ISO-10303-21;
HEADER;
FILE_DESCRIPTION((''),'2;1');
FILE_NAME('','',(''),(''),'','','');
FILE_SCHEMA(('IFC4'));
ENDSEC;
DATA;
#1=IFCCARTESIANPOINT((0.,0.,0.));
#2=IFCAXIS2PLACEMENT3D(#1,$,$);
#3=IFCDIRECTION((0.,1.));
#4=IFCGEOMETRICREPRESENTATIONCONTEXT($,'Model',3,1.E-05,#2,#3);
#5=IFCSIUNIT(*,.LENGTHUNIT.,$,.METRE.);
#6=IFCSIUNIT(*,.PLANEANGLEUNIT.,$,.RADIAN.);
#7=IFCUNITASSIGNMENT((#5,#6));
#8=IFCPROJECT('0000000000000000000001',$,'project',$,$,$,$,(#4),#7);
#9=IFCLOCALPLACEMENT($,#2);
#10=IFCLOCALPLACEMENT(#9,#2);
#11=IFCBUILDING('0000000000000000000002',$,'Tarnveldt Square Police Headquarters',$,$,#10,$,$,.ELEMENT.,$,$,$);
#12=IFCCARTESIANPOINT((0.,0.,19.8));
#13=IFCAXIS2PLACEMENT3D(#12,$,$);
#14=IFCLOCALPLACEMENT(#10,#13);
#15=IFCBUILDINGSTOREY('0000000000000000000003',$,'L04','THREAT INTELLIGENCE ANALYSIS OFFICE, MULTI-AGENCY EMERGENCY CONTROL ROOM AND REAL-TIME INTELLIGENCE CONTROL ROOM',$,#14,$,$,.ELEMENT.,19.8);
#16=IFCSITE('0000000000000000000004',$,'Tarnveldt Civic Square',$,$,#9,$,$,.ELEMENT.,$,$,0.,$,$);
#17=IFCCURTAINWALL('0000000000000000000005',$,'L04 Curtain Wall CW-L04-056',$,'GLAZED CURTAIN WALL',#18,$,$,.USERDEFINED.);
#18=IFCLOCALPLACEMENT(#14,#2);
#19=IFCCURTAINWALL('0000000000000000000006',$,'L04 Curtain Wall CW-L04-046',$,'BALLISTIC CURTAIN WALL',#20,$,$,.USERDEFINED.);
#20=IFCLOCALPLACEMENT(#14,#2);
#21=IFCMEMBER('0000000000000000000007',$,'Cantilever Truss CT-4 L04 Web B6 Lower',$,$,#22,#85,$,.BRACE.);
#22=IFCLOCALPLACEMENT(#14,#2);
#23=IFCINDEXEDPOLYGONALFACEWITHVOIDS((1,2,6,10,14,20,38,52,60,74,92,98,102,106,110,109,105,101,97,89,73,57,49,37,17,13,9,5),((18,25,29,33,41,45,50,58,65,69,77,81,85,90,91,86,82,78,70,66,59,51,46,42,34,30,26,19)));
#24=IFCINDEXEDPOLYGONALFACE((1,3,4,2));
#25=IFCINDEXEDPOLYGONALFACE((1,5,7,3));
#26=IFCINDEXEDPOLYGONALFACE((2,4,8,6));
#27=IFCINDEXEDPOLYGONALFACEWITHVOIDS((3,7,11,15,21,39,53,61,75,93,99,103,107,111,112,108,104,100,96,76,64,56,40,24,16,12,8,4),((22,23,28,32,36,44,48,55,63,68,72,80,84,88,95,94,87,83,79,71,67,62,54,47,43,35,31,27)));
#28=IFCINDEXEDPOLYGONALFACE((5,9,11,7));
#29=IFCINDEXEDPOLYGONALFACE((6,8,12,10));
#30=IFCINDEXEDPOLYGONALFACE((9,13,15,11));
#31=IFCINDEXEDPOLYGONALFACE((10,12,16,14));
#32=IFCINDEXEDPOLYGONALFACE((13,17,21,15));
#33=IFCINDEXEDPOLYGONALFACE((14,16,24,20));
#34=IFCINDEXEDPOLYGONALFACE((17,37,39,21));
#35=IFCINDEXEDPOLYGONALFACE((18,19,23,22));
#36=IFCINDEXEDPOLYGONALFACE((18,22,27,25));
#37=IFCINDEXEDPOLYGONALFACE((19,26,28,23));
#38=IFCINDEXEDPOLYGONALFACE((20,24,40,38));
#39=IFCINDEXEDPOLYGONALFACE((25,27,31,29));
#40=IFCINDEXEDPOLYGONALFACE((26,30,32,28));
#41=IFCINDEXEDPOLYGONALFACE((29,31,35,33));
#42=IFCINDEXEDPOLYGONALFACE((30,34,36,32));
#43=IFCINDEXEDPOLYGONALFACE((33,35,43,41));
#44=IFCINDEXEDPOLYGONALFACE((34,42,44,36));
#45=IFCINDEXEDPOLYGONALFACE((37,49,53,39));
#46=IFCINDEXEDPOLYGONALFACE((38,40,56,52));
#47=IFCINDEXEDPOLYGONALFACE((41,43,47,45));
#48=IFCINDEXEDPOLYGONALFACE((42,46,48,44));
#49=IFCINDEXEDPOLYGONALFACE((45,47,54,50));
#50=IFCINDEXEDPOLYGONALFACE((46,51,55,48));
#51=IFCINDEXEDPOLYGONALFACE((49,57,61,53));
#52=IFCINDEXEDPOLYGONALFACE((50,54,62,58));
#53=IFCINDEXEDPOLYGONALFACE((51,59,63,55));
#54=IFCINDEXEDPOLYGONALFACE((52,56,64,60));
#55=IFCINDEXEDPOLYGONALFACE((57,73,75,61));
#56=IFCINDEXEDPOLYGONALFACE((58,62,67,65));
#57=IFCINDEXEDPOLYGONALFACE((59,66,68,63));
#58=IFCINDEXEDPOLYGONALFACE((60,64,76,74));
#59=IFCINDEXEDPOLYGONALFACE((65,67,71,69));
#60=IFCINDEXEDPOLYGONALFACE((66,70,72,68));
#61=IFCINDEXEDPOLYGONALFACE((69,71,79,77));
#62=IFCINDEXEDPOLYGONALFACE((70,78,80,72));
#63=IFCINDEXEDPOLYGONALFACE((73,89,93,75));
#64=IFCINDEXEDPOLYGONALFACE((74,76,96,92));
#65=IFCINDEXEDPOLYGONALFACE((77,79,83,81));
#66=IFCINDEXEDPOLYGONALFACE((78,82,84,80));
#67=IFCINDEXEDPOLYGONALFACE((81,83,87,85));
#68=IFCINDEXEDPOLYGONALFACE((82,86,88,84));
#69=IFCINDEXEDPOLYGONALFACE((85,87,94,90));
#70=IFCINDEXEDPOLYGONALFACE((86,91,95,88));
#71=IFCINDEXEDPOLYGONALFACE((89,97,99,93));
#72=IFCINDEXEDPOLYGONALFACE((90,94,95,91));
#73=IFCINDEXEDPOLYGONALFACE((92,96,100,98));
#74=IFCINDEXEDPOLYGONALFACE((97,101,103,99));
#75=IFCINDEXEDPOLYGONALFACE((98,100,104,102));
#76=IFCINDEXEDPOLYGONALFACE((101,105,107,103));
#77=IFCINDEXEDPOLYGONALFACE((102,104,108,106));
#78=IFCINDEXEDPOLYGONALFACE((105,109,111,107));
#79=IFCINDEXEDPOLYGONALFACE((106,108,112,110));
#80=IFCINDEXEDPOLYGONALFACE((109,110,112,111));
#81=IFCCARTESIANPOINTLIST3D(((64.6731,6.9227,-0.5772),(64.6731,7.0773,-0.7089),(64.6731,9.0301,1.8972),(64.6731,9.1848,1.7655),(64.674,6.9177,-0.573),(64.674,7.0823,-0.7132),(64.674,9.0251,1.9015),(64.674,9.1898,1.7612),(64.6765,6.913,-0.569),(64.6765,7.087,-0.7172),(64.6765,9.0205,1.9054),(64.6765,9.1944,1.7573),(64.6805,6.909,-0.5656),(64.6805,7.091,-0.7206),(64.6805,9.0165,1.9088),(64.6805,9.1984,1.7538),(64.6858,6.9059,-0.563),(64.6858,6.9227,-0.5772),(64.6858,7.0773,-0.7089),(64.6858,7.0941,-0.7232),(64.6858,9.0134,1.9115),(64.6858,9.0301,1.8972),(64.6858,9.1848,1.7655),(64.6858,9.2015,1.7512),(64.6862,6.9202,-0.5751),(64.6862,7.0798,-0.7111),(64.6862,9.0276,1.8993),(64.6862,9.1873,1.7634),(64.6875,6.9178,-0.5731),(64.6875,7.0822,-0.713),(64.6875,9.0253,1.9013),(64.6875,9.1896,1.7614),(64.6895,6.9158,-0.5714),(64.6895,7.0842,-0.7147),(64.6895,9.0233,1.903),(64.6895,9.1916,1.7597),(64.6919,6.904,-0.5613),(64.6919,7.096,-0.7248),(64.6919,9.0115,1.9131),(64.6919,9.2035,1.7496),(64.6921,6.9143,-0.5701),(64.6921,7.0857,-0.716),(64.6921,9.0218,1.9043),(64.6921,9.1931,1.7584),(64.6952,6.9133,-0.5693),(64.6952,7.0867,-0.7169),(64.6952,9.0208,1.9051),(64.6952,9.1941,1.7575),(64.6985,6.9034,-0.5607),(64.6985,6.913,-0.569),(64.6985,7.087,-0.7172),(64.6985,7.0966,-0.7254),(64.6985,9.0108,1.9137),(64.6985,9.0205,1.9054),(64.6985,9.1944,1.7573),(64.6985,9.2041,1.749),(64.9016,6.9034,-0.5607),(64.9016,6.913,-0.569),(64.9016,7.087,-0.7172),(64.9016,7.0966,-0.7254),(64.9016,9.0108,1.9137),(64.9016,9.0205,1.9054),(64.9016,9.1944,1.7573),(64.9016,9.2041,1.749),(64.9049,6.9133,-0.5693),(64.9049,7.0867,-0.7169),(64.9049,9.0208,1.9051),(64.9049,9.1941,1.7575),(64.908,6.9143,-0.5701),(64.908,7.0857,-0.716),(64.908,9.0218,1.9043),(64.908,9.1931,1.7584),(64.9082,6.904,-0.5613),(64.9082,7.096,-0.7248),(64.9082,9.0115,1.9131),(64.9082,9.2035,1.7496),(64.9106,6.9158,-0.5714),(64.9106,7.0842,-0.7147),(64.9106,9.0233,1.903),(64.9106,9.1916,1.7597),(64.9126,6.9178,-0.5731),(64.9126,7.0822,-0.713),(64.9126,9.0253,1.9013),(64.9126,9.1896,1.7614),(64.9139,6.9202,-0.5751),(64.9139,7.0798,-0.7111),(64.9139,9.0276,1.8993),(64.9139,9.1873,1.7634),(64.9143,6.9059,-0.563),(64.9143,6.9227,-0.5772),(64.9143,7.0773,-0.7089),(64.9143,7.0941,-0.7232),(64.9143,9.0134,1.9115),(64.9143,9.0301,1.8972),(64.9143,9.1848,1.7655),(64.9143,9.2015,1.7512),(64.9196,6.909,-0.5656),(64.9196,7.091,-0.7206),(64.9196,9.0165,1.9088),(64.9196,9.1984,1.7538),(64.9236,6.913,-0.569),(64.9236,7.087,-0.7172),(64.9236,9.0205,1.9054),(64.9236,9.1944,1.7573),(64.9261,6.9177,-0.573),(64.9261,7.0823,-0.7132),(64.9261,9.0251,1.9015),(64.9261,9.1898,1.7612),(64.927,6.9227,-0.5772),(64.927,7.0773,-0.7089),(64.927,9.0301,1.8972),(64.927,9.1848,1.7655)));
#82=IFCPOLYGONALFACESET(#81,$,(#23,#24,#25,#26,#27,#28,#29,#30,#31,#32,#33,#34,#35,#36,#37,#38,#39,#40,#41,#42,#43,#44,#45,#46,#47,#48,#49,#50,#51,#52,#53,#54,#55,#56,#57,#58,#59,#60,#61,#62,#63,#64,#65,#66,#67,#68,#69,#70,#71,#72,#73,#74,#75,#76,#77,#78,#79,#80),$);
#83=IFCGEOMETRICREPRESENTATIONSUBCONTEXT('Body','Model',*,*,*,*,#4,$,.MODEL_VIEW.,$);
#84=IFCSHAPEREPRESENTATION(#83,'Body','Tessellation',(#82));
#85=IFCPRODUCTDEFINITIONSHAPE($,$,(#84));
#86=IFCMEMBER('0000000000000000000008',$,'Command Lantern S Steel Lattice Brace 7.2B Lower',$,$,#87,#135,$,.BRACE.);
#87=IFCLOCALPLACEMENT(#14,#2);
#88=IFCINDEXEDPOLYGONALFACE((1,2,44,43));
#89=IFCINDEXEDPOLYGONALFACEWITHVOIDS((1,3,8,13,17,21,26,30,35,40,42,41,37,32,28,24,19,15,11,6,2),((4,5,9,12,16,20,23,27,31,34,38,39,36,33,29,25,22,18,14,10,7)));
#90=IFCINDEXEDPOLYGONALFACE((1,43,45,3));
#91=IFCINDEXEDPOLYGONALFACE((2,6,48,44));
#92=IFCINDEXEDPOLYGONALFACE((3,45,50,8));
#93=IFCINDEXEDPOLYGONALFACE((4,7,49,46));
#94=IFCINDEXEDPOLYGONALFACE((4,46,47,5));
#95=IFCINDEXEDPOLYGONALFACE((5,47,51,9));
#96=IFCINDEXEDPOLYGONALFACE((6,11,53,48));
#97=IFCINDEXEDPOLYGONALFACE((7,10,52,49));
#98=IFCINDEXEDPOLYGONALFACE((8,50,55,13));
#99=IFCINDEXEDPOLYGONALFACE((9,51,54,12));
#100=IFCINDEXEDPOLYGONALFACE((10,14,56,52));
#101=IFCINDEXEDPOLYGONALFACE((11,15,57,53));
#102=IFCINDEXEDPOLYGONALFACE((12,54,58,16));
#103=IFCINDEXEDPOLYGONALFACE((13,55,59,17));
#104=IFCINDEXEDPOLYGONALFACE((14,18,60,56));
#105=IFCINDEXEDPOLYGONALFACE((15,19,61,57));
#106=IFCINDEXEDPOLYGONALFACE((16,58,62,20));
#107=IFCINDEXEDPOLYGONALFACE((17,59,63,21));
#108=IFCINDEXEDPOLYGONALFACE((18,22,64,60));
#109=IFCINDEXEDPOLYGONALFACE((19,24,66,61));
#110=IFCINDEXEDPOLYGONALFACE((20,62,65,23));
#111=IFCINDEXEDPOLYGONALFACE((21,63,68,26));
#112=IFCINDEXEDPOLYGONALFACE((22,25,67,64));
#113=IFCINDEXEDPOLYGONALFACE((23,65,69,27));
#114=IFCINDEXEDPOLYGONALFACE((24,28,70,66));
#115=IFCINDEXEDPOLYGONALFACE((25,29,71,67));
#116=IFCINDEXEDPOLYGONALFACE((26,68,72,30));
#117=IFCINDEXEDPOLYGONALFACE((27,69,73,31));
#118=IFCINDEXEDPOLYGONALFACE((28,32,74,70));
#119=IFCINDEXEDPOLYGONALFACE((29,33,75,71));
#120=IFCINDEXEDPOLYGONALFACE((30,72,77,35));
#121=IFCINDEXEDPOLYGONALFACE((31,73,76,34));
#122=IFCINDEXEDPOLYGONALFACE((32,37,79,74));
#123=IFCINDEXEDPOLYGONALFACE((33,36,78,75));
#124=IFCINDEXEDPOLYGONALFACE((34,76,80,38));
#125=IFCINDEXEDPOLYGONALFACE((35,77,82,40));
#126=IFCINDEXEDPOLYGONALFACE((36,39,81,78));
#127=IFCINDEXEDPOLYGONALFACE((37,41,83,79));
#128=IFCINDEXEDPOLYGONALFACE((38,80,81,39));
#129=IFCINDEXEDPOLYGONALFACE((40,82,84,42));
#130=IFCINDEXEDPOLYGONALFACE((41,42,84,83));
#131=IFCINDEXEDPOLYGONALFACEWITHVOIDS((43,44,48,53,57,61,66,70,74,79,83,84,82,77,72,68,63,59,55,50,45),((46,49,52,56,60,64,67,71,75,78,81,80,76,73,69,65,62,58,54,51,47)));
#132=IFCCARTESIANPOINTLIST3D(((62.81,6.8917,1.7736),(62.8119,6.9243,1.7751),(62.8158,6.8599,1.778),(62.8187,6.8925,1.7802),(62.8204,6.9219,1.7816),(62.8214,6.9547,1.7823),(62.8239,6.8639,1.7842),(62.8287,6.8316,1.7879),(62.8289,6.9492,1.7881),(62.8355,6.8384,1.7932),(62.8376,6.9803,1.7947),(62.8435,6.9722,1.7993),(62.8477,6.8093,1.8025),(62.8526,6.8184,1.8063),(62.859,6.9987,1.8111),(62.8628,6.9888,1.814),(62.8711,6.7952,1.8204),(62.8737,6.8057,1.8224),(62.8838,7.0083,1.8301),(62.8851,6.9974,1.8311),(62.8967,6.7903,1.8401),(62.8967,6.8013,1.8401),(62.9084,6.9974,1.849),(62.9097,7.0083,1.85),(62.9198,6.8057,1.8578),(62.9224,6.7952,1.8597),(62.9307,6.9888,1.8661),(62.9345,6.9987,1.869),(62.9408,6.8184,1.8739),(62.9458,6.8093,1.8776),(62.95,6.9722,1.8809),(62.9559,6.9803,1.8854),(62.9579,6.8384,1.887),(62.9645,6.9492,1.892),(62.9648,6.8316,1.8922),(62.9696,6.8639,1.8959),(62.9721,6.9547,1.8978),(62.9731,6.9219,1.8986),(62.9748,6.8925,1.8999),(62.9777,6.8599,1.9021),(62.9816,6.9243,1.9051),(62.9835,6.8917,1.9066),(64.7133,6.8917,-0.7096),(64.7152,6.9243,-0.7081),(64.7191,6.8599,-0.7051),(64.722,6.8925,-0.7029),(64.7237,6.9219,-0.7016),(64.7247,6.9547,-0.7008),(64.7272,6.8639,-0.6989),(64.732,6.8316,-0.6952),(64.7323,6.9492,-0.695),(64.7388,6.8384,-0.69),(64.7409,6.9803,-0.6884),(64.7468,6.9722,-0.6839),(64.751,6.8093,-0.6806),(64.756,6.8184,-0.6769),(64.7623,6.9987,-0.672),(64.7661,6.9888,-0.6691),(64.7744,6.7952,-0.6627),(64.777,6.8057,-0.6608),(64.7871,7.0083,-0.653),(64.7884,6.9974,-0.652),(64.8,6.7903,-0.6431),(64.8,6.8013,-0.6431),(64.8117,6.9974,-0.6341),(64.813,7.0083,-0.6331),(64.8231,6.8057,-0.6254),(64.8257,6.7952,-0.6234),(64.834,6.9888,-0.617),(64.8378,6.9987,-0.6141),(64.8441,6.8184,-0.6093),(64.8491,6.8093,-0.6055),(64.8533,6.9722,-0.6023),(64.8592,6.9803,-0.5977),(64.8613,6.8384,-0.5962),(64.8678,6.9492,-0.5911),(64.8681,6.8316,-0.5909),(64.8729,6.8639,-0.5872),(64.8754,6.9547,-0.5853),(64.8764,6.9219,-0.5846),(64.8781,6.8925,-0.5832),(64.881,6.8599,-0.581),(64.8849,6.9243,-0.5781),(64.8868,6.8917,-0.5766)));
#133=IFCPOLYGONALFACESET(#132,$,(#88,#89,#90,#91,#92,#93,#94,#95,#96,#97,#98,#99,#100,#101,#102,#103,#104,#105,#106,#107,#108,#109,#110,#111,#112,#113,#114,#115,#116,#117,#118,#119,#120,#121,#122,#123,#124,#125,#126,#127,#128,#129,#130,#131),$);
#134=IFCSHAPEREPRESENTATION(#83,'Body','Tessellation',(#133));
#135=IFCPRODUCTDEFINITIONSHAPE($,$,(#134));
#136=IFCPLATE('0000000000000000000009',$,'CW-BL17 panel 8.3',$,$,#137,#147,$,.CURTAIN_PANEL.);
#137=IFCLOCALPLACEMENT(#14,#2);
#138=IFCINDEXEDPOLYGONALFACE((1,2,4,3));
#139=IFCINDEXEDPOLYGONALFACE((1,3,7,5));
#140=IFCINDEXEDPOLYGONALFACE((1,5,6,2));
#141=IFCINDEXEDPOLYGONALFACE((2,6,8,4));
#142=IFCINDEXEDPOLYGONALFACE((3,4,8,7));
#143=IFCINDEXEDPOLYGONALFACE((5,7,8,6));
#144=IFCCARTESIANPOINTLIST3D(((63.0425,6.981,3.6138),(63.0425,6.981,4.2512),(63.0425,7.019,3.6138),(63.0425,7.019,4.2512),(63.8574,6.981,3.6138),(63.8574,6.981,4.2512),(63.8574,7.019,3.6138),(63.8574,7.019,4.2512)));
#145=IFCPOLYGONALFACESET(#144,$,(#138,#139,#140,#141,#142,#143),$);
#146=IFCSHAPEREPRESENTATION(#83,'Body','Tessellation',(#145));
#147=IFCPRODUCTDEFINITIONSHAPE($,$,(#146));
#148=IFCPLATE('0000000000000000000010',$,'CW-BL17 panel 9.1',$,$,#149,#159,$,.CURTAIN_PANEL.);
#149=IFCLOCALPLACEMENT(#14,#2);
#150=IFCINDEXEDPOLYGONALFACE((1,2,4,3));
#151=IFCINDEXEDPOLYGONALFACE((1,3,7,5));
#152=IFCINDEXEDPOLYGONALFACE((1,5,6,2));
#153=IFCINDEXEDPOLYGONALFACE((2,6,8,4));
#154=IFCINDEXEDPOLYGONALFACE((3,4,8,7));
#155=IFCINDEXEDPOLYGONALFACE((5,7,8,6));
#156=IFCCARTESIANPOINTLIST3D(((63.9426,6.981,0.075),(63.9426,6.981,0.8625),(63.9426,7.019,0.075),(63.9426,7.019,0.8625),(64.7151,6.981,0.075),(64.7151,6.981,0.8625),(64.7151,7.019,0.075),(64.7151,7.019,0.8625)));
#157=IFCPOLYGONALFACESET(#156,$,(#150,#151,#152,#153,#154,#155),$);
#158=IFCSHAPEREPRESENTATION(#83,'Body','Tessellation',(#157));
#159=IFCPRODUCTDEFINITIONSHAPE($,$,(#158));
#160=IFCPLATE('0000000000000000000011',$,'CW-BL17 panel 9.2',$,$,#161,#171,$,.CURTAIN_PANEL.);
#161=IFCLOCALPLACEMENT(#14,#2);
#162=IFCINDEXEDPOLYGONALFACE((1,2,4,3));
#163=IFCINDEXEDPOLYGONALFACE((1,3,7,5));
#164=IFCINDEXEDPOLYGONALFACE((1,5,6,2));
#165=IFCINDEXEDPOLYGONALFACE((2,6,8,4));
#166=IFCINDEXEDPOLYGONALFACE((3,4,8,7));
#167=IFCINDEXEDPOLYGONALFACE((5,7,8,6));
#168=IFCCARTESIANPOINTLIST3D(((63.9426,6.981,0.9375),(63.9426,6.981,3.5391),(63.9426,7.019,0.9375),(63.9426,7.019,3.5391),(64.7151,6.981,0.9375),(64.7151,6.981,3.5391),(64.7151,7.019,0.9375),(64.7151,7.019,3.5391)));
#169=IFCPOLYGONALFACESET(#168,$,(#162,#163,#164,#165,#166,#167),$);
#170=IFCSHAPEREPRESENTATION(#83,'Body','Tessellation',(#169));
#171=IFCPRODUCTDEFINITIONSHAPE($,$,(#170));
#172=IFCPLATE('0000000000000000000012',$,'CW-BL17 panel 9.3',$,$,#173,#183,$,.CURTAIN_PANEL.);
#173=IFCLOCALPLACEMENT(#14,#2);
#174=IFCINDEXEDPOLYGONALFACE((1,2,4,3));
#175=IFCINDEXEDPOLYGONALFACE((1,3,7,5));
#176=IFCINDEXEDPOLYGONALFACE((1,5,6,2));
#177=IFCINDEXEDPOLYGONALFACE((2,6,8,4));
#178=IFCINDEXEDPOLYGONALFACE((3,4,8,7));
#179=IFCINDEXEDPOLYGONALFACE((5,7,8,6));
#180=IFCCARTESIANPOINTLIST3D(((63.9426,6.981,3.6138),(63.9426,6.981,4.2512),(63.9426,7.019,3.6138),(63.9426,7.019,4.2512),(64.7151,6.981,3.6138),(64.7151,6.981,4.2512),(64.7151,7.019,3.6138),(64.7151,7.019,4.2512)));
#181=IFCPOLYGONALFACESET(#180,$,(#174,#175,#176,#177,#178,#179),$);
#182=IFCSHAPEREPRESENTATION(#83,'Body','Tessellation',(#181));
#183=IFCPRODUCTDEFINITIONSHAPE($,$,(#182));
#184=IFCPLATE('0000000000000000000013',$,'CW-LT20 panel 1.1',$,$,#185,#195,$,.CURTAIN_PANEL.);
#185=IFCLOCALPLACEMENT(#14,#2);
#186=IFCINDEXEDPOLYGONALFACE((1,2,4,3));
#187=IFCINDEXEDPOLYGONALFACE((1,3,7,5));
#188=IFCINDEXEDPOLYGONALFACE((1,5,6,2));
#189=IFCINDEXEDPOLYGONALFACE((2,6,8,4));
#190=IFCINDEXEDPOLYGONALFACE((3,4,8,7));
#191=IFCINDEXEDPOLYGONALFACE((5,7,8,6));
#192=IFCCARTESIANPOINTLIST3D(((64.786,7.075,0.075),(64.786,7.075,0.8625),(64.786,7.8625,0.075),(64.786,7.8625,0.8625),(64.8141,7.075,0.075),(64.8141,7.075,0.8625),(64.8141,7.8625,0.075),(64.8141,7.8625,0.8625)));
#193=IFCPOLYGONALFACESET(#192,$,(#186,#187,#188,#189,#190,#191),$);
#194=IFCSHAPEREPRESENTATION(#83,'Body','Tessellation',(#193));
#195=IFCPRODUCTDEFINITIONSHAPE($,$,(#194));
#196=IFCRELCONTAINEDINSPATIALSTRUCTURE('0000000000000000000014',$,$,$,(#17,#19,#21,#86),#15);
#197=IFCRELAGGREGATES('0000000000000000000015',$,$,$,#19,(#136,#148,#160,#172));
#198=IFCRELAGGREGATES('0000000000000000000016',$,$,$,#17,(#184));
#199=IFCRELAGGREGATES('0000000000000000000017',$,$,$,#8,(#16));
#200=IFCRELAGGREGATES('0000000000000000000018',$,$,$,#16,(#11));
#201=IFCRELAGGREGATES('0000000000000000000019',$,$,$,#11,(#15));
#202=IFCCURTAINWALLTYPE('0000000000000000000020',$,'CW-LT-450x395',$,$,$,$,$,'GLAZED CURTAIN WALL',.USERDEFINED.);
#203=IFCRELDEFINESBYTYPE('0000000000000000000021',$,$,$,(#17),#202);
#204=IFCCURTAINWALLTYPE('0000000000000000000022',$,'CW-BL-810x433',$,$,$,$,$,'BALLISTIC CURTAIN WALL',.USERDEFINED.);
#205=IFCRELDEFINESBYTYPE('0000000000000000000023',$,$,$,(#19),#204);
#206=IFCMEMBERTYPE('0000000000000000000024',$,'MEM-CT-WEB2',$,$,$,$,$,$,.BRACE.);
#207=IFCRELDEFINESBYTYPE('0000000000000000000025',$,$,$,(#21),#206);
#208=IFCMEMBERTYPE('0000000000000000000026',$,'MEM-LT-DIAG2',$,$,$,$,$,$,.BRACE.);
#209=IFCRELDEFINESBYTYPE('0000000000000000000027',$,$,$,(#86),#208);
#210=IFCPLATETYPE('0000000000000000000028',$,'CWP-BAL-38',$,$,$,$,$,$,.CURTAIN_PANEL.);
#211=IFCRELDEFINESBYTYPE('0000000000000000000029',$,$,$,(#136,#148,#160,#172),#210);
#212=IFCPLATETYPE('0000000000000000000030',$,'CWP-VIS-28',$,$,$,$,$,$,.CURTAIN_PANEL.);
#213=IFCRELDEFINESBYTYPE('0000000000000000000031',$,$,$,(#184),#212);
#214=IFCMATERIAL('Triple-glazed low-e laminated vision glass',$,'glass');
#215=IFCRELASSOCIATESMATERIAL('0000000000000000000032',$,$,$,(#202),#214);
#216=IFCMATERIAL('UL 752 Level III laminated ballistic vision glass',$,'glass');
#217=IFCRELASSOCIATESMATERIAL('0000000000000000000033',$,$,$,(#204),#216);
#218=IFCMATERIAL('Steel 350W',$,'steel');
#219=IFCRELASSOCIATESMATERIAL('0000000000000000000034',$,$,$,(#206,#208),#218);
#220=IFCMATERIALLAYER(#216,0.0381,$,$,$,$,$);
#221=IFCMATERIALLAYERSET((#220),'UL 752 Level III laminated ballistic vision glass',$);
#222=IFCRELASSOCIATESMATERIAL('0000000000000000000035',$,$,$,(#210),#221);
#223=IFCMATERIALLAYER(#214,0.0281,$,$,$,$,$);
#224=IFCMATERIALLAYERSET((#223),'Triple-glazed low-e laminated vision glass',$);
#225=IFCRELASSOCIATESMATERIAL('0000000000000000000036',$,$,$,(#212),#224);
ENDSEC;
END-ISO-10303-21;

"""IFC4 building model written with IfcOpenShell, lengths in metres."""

from ifc_helpers import new_model, si_unit, direction, frame, origin, origin_2d, place, context, subcontext, project, spatial, rectangle, hollow_rectangle, hollow_circle, extrude, material, layer, layer_set, material_profile, profile_set, type_object, element, aggregate, save


model = new_model("IFC4")

# Units and contexts
model_context = context("Model", 3, precision=1e-05, world=origin(), true_north=direction((0.0, 1.0)))
body_context = subcontext(model_context, "Body", "Model", "MODEL_VIEW")
ifc_project = project(units=[si_unit("LENGTHUNIT", "METRE"), si_unit("PLANEANGLEUNIT", "RADIAN")], contexts=[model_context])

# Site, building, storey
site_placement = place(None, origin())
site = spatial("IfcSite", under=ifc_project, at=site_placement, Name="Tarnveldt Civic Square", CompositionType="ELEMENT", RefElevation=0.0)
building_placement = place(site_placement, origin())
building = spatial("IfcBuilding", under=site, at=building_placement, Name="Tarnveldt Square Police Headquarters", CompositionType="ELEMENT")
storey_placement = place(building_placement, frame((0.0, 0.0, 19.8)))
storey = spatial("IfcBuildingStorey", under=building, at=storey_placement, Name="L04", Description="THREAT INTELLIGENCE ANALYSIS OFFICE, MULTI-AGENCY EMERGENCY CONTROL ROOM AND REAL-TIME INTELLIGENCE CONTROL ROOM", CompositionType="ELEMENT", Elevation=19.8)

# Curtain walls
ifc_material_1 = material(Name="Triple-glazed low-e laminated vision glass", Category="glass")
curtain_wall_type_1 = type_object("IfcCurtainWallType", Name="CW-LT-450x395", ElementType="GLAZED CURTAIN WALL", PredefinedType="USERDEFINED", material=ifc_material_1)
curtain_wall_1_placement = place(storey_placement, origin())
curtain_wall_1 = element("IfcCurtainWall", 1, at=curtain_wall_1_placement, inside=storey, type_object=curtain_wall_type_1, Name="L04 Curtain Wall CW-L04-056", ObjectType="GLAZED CURTAIN WALL", PredefinedType="USERDEFINED")
ifc_material_2 = material(Name="UL 752 Level III laminated ballistic vision glass", Category="glass")
curtain_wall_type_2 = type_object("IfcCurtainWallType", Name="CW-BL-810x433", ElementType="BALLISTIC CURTAIN WALL", PredefinedType="USERDEFINED", material=ifc_material_2)
curtain_wall_2_placement = place(storey_placement, origin())
curtain_wall_2 = element("IfcCurtainWall", 2, at=curtain_wall_2_placement, inside=storey, type_object=curtain_wall_type_2, Name="L04 Curtain Wall CW-L04-046", ObjectType="BALLISTIC CURTAIN WALL", PredefinedType="USERDEFINED")

# Members
ifc_material_3 = material(Name="Steel 350W", Category="steel")
ifc_material_profile_1 = material_profile(ifc_material_3, hollow_rectangle(XDim=0.2539, YDim=0.2539, WallThickness=0.0127, InnerFilletRadius=0.0127, OuterFilletRadius=0.0254, at=origin_2d()), Name="HSS254x254x13")
ifc_profile_set_1 = profile_set([ifc_material_profile_1], Name="Steel 350W")
member_type_1 = type_object("IfcMemberType", Name="MEM-CT-WEB2", PredefinedType="BRACE", material=ifc_profile_set_1)
member_1_placement = place(storey_placement, frame((64.8, 7.0, -0.6431), z_axis=(0.0, 0.6484, 0.7613), x_axis=(-1.0, 0.0, 0.0)))
element("IfcMember", 3, at=member_1_placement, inside=storey, type_object=member_type_1, Name="Cantilever Truss CT-4 L04 Web B6 Lower", PredefinedType="BRACE", context=body_context, shape_type="SweptSolid", body=[
    extrude(hollow_rectangle(XDim=0.2539, YDim=0.2539, WallThickness=0.0127, InnerFilletRadius=0.0127, OuterFilletRadius=0.0254, at=origin_2d()), origin(), (0.0, 0.0, 1.0), 3.2502),
])
ifc_material_profile_2 = material_profile(ifc_material_3, hollow_circle(Radius=0.1096, WallThickness=0.011, at=origin_2d()), Name="HSS219x11")
ifc_profile_set_2 = profile_set([ifc_material_profile_2], Name="Steel 350W")
member_type_2 = type_object("IfcMemberType", Name="MEM-LT-DIAG2", PredefinedType="BRACE", material=ifc_profile_set_2)
member_2_placement = place(storey_placement, frame((64.8, 6.8999, -0.6431), z_axis=(-0.608345, 0.0, 0.793673), x_axis=(0.0, -1.0, 0.0)))
element("IfcMember", 4, at=member_2_placement, inside=storey, type_object=member_type_2, Name="Command Lantern S Steel Lattice Brace 7.2B Lower", PredefinedType="BRACE", context=body_context, shape_type="SweptSolid", body=[
    extrude(hollow_circle(Radius=0.1096, WallThickness=0.011, at=origin_2d()), origin(), (0.0, 0.0, 1.0), 3.1287),
])

# Plates
ifc_layer_1 = layer(ifc_material_2, 0.0381)
ifc_layer_set_1 = layer_set([ifc_layer_1], Name="UL 752 Level III laminated ballistic vision glass")
plate_type_1 = type_object("IfcPlateType", Name="CWP-BAL-38", PredefinedType="CURTAIN_PANEL", material=ifc_layer_set_1)
plate_1_placement = place(storey_placement, frame((63.45, 7.0, 3.6138), z_axis=(0.0, 0.0, 1.0), x_axis=(1.0, 0.0, 0.0)))
plate_1 = element("IfcPlate", 5, at=plate_1_placement, type_object=plate_type_1, Name="CW-BL17 panel 8.3", PredefinedType="CURTAIN_PANEL", context=body_context, shape_type="SweptSolid", body=[
    extrude(rectangle(XDim=0.8149, YDim=0.0381, at=origin_2d()), origin(), (0.0, 0.0, 1.0), 0.6375),
])
plate_2_placement = place(storey_placement, frame((64.3289, 7.0, 0.075), z_axis=(0.0, 0.0, 1.0), x_axis=(1.0, 0.0, 0.0)))
plate_2 = element("IfcPlate", 6, at=plate_2_placement, type_object=plate_type_1, Name="CW-BL17 panel 9.1", PredefinedType="CURTAIN_PANEL", context=body_context, shape_type="SweptSolid", body=[
    extrude(rectangle(XDim=0.7725, YDim=0.0381, at=origin_2d()), origin(), (0.0, 0.0, 1.0), 0.7876),
])
plate_3_placement = place(storey_placement, frame((64.3289, 7.0, 0.9375), z_axis=(0.0, 0.0, 1.0), x_axis=(1.0, 0.0, 0.0)))
plate_3 = element("IfcPlate", 7, at=plate_3_placement, type_object=plate_type_1, Name="CW-BL17 panel 9.2", PredefinedType="CURTAIN_PANEL", context=body_context, shape_type="SweptSolid", body=[
    extrude(rectangle(XDim=0.7725, YDim=0.0381, at=origin_2d()), origin(), (0.0, 0.0, 1.0), 2.6016),
])
plate_4_placement = place(storey_placement, frame((64.3289, 7.0, 3.6138), z_axis=(0.0, 0.0, 1.0), x_axis=(1.0, 0.0, 0.0)))
plate_4 = element("IfcPlate", 8, at=plate_4_placement, type_object=plate_type_1, Name="CW-BL17 panel 9.3", PredefinedType="CURTAIN_PANEL", context=body_context, shape_type="SweptSolid", body=[
    extrude(rectangle(XDim=0.7725, YDim=0.0381, at=origin_2d()), origin(), (0.0, 0.0, 1.0), 0.6375),
])
aggregate(curtain_wall_2, [plate_1, plate_2, plate_3, plate_4])
ifc_layer_2 = layer(ifc_material_1, 0.0281)
ifc_layer_set_2 = layer_set([ifc_layer_2], Name="Triple-glazed low-e laminated vision glass")
plate_type_2 = type_object("IfcPlateType", Name="CWP-VIS-28", PredefinedType="CURTAIN_PANEL", material=ifc_layer_set_2)
plate_5_placement = place(storey_placement, frame((64.8, 7.4688, 0.075), z_axis=(0.0, 0.0, 1.0), x_axis=(0.0, 1.0, 0.0)))
plate_5 = element("IfcPlate", 9, at=plate_5_placement, type_object=plate_type_2, Name="CW-LT20 panel 1.1", PredefinedType="CURTAIN_PANEL", context=body_context, shape_type="SweptSolid", body=[
    extrude(rectangle(XDim=0.7876, YDim=0.0281, at=origin_2d()), origin(), (0.0, 0.0, 1.0), 0.7876),
])
aggregate(curtain_wall_1, [plate_5])

save(model, "model.ifc")
